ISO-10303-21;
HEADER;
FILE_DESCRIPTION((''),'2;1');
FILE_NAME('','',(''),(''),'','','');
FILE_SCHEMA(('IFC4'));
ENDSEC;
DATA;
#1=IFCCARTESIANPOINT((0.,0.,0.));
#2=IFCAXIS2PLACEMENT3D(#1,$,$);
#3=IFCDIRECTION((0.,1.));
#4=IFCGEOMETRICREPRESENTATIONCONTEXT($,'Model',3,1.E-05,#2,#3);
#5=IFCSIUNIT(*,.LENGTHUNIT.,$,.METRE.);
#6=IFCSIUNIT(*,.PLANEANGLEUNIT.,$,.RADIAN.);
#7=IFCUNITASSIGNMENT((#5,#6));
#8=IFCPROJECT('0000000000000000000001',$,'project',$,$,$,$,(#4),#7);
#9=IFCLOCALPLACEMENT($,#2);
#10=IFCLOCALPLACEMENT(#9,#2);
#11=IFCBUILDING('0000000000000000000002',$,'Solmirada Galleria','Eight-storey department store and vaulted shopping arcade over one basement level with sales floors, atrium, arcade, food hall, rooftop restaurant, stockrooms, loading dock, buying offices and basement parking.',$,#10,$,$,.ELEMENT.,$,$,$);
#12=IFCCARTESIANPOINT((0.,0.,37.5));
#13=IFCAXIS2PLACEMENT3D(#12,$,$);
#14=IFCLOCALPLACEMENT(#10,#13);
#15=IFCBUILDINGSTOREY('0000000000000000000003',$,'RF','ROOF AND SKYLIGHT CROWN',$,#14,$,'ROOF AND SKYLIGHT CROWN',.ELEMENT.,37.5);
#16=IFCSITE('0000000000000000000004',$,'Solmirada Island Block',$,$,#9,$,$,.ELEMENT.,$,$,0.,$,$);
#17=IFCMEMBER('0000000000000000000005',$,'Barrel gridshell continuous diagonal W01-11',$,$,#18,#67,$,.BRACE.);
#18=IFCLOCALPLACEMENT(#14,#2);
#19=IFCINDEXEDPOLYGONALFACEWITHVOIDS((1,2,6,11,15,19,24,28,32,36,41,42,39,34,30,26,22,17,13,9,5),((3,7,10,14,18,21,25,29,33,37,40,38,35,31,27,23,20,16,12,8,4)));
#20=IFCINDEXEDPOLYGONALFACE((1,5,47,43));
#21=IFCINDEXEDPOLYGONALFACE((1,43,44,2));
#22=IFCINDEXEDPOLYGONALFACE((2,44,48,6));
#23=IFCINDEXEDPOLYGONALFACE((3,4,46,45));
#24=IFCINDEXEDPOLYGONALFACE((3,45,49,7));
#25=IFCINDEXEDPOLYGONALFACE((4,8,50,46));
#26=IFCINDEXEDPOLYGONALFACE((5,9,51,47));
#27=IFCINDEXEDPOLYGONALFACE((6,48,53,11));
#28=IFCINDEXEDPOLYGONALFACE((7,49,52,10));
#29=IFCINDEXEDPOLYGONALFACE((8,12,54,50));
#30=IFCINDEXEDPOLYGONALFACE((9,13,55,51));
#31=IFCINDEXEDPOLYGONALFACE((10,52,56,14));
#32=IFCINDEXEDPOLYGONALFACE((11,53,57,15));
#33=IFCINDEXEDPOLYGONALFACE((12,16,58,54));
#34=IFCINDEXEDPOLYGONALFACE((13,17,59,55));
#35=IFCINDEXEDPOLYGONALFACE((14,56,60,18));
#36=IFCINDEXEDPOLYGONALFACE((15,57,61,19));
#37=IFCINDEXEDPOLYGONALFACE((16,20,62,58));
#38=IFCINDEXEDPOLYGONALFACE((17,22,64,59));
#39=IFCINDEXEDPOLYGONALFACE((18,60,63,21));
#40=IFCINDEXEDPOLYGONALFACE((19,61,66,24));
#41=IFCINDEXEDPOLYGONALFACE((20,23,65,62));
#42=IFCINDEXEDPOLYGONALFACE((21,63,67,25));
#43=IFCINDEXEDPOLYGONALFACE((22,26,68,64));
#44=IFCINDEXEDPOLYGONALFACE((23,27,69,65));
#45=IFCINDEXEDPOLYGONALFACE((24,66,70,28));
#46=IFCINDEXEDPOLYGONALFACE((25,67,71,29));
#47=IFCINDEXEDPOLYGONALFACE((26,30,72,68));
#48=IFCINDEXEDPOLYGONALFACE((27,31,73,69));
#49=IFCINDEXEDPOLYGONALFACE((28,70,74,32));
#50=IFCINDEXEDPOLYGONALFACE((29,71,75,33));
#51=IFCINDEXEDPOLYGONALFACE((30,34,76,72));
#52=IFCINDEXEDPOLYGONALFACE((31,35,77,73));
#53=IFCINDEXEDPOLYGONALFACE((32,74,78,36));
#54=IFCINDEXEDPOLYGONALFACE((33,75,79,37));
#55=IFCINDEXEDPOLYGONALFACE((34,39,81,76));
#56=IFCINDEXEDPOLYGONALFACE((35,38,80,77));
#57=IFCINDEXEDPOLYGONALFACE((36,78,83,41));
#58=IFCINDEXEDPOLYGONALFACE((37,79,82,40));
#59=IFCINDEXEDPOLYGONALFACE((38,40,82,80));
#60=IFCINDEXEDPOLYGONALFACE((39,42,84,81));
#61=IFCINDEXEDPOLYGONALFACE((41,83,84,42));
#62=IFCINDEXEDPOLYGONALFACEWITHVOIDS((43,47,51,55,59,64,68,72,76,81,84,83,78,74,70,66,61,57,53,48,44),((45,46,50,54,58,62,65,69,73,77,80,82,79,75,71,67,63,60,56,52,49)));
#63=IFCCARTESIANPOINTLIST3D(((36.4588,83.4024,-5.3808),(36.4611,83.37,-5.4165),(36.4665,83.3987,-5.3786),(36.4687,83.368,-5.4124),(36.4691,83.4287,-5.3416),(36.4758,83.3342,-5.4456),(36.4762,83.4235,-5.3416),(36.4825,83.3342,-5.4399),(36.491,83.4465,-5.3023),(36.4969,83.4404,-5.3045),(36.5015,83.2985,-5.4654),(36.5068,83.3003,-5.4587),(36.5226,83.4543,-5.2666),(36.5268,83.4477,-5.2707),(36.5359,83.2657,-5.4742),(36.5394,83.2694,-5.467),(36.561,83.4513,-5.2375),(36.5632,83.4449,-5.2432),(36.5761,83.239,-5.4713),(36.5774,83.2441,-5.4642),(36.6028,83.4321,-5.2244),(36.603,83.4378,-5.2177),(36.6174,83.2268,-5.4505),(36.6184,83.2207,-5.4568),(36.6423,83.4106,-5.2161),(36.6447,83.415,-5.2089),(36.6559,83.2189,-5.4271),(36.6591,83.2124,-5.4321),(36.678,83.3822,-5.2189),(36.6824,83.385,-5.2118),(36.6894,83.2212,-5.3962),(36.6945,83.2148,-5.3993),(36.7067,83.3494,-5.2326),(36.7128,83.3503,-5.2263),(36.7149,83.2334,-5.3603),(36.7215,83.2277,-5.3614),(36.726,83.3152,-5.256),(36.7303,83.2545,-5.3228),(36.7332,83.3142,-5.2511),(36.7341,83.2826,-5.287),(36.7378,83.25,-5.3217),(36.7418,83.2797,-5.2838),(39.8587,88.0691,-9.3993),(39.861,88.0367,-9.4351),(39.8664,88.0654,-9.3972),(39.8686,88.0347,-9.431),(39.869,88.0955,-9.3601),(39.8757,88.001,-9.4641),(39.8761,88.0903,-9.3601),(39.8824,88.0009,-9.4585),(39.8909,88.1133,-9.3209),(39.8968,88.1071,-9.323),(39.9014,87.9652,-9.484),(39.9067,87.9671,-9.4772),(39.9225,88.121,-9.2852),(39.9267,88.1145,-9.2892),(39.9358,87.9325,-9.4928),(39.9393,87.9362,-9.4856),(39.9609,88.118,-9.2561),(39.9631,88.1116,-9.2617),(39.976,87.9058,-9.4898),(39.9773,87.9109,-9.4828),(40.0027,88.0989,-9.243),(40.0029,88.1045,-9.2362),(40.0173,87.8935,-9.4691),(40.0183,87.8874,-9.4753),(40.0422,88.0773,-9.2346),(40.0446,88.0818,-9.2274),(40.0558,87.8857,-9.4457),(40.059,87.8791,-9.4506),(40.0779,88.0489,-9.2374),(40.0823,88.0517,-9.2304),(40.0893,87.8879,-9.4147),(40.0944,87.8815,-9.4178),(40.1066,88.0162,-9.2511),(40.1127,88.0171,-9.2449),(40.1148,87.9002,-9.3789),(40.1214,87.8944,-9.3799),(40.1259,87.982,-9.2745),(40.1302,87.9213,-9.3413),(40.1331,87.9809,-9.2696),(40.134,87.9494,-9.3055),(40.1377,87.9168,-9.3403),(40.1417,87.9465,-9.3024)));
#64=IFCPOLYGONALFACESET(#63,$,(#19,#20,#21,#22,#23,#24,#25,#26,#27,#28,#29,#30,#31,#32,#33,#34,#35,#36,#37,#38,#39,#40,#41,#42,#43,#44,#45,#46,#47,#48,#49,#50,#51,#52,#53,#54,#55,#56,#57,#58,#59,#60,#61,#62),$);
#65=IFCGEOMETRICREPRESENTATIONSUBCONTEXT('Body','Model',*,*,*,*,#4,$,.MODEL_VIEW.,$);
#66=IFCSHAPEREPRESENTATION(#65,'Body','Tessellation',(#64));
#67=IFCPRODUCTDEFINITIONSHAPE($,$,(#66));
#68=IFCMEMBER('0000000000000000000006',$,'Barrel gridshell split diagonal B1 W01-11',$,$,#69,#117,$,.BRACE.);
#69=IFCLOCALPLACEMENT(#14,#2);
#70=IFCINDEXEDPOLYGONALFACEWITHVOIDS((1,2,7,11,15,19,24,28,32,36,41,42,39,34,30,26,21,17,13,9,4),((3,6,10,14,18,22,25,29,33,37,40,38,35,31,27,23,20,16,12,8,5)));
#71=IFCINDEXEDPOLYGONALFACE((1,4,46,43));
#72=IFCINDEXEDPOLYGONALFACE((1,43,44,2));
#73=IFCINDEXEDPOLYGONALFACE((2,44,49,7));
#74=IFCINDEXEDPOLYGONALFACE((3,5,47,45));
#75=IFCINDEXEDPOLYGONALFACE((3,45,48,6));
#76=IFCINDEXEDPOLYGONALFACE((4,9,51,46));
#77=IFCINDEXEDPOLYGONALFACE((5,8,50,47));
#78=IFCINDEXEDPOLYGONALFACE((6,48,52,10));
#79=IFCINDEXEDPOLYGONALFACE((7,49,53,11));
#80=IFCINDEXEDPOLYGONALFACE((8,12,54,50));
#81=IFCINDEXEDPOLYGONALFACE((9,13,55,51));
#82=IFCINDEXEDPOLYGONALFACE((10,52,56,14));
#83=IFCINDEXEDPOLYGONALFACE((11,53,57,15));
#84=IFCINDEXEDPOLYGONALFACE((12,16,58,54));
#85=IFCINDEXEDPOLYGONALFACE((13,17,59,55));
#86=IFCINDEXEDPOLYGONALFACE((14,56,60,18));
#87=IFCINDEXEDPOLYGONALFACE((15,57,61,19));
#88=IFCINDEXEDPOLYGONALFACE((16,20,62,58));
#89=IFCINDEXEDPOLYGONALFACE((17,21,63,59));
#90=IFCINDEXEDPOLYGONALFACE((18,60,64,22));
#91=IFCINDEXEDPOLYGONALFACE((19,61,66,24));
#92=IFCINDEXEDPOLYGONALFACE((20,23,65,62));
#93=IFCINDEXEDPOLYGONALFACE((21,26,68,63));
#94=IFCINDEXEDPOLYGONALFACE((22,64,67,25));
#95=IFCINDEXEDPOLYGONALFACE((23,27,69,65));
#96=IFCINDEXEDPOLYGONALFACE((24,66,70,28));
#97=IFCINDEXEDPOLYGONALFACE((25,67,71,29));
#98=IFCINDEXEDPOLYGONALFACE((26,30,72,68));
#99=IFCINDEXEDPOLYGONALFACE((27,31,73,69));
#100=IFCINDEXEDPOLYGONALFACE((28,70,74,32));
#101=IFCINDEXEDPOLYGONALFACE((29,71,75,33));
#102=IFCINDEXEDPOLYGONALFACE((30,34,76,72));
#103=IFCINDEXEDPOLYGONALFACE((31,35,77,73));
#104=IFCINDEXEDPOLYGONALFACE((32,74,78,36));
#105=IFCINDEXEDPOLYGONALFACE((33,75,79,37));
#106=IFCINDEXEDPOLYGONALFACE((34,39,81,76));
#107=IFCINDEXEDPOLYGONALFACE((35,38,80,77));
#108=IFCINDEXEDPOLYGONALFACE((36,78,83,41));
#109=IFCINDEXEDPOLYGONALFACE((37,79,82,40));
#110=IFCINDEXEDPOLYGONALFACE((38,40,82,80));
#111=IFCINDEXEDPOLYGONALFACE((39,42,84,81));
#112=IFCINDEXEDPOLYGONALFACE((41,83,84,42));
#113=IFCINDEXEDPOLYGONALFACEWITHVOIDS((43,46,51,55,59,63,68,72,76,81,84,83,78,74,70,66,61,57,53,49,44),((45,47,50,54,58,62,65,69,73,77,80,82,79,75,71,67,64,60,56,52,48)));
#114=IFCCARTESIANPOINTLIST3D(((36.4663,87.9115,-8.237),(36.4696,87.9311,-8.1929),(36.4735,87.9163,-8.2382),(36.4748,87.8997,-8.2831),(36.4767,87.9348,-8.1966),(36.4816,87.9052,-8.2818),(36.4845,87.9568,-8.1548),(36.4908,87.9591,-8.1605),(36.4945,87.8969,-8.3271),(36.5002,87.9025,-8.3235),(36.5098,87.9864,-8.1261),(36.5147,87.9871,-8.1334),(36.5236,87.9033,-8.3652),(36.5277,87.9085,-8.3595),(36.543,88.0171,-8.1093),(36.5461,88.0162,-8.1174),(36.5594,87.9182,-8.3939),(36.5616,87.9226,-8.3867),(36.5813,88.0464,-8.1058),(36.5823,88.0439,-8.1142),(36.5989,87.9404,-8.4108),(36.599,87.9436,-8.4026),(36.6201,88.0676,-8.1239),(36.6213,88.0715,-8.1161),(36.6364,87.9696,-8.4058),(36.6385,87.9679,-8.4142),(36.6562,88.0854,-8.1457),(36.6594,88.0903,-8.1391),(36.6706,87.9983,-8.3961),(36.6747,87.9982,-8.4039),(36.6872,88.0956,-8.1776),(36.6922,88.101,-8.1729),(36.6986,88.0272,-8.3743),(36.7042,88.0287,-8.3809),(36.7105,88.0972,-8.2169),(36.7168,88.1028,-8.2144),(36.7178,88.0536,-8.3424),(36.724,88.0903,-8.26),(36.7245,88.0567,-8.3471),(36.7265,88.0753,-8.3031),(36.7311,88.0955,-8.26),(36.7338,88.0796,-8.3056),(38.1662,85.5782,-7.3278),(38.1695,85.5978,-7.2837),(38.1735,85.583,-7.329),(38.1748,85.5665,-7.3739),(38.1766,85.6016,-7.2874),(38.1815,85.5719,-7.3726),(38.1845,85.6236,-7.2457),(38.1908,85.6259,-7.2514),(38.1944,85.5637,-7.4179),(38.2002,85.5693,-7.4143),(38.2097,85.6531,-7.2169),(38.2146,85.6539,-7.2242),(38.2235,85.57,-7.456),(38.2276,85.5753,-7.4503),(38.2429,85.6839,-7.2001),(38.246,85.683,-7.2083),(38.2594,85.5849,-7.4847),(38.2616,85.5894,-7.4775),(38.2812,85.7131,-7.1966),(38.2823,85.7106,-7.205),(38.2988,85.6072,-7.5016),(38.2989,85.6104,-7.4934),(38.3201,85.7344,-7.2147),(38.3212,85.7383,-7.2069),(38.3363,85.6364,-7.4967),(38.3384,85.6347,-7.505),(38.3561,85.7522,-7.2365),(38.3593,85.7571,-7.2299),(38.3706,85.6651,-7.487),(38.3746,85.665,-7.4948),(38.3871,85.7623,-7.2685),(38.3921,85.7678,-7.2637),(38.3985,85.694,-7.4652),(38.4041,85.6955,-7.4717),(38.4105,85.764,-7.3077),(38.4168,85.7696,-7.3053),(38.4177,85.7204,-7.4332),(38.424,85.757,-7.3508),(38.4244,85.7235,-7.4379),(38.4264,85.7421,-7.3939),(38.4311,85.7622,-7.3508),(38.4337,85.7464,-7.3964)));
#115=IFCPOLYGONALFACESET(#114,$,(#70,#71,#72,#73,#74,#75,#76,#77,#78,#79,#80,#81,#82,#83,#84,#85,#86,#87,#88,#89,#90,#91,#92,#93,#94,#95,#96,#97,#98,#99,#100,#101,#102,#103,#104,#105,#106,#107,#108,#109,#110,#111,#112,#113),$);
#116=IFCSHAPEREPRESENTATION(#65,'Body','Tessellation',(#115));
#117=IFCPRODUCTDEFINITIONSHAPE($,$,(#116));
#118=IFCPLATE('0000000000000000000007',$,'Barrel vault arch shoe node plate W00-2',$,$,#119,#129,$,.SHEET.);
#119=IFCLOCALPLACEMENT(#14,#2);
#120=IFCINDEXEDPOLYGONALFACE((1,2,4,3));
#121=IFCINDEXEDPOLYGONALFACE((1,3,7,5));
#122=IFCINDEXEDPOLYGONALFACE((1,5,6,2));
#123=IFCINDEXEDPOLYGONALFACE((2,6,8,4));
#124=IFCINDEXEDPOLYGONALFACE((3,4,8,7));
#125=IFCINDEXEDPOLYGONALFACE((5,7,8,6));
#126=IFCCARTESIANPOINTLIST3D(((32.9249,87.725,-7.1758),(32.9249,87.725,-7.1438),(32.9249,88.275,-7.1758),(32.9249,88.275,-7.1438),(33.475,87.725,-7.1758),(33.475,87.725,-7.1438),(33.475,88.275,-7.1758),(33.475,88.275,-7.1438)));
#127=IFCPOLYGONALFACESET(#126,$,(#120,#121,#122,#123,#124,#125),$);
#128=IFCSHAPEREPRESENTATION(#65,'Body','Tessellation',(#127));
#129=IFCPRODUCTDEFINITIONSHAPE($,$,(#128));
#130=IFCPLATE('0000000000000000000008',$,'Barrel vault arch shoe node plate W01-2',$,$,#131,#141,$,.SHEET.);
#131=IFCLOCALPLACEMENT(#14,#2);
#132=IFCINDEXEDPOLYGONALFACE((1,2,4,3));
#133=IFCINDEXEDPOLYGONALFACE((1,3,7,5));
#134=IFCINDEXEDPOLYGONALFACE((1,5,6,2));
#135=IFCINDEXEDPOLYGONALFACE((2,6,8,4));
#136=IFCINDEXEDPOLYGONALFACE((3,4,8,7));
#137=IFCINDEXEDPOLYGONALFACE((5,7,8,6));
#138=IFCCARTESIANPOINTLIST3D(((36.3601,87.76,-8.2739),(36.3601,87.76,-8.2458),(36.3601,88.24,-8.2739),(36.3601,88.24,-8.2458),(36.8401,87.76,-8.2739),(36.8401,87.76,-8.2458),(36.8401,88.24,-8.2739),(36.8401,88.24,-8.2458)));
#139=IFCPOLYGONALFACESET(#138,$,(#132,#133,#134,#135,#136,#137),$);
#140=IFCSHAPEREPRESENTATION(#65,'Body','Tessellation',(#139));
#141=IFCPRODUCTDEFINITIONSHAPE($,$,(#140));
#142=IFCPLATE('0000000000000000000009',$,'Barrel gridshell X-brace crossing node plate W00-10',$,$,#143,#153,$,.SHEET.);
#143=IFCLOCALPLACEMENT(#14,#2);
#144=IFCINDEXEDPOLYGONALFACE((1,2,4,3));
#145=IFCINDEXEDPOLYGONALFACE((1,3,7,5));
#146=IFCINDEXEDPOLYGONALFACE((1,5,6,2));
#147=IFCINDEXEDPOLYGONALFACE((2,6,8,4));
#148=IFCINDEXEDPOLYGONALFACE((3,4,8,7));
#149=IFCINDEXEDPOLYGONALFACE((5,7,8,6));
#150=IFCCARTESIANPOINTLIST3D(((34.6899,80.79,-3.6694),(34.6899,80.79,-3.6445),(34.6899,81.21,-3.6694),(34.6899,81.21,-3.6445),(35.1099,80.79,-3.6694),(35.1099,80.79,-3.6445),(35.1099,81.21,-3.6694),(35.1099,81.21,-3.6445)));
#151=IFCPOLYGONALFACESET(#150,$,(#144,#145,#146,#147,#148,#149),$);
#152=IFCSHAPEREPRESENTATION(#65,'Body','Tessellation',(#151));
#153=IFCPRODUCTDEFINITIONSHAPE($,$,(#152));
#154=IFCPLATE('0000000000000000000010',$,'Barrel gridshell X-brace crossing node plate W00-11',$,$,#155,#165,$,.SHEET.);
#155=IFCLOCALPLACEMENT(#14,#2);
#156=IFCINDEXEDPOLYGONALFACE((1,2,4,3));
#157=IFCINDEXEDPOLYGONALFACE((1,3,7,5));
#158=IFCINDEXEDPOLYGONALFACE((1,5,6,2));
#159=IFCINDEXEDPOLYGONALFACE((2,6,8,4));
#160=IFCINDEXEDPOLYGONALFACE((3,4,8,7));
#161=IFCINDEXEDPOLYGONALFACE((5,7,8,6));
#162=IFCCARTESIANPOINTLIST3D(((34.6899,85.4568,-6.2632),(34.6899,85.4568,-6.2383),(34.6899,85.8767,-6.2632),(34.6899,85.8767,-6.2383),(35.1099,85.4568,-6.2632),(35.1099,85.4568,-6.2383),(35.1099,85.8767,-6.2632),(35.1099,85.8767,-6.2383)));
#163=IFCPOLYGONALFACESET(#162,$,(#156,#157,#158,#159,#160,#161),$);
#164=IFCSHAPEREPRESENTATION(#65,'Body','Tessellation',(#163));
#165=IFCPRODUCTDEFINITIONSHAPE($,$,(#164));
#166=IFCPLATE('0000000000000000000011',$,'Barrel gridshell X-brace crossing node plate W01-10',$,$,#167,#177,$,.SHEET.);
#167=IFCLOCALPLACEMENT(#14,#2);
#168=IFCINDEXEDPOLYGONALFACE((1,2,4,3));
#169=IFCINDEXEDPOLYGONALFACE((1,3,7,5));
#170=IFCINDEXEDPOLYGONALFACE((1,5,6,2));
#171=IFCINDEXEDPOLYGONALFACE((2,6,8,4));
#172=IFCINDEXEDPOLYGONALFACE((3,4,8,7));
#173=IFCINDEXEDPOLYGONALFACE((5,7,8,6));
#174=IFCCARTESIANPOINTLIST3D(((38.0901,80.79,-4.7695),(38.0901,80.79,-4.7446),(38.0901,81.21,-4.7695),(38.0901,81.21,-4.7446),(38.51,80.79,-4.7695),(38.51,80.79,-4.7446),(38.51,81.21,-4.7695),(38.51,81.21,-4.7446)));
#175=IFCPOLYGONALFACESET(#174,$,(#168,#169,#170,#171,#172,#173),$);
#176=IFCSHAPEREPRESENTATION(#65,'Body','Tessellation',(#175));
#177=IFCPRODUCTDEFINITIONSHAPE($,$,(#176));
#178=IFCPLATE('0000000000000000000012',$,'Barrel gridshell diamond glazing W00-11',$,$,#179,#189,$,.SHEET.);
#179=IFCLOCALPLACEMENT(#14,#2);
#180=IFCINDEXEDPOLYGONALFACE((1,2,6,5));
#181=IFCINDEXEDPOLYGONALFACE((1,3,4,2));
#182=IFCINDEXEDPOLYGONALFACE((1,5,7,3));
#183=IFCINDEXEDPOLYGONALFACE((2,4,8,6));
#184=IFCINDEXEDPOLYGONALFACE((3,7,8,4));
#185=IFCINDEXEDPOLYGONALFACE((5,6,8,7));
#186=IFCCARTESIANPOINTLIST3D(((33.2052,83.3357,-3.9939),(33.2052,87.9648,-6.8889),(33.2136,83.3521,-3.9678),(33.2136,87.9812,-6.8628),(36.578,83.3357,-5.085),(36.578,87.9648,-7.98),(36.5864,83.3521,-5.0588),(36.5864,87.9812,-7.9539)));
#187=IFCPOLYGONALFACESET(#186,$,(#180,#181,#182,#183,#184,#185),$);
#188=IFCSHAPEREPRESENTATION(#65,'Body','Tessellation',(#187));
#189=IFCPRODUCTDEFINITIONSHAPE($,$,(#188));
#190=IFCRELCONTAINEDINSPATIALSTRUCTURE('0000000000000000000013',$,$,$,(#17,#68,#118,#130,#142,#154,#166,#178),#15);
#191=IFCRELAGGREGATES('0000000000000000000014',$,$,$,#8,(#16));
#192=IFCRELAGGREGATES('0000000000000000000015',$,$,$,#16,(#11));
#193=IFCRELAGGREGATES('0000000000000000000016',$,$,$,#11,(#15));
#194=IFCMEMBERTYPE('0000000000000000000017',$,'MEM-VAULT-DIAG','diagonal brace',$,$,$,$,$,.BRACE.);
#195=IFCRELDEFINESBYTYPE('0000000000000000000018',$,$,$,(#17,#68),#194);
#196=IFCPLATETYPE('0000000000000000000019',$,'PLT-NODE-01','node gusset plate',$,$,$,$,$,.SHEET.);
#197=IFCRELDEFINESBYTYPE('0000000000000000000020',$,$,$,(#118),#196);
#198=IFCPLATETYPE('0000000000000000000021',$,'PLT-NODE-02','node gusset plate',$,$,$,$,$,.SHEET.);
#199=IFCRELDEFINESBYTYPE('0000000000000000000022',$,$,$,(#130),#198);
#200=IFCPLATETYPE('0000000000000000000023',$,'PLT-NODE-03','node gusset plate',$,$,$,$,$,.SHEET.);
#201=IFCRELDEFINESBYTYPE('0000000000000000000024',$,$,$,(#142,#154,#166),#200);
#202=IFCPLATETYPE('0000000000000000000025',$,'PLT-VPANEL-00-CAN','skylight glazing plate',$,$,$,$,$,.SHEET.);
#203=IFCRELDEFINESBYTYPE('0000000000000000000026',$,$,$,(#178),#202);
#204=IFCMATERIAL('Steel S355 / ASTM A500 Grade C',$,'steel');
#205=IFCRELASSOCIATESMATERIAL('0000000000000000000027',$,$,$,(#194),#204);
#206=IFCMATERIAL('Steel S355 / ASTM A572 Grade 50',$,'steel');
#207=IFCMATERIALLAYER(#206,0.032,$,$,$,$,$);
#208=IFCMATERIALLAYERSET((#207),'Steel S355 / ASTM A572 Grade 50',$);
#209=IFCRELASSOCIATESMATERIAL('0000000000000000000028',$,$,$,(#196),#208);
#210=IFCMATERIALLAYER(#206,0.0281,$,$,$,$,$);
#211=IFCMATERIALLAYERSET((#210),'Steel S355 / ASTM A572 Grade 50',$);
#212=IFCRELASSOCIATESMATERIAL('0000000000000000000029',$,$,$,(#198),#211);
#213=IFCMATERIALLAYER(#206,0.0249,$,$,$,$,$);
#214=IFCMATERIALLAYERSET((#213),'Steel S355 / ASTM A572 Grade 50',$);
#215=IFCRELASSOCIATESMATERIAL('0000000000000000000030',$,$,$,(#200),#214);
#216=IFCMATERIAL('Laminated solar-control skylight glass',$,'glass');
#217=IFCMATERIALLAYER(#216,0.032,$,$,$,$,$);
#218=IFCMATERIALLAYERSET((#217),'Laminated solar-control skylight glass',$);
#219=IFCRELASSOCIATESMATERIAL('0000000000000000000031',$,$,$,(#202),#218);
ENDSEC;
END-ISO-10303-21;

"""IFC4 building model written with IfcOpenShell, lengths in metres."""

from ifc_helpers import new_model, si_unit, direction, frame, origin, origin_2d, place, context, subcontext, project, spatial, polyline, rectangle, hollow_circle, outline, extrude, material, layer, layer_set, material_profile, profile_set, type_object, element, save


model = new_model("IFC4")

# Units and contexts
model_context = context("Model", 3, precision=1e-05, world=origin(), true_north=direction((0.0, 1.0)))
body_context = subcontext(model_context, "Body", "Model", "MODEL_VIEW")
ifc_project = project(units=[si_unit("LENGTHUNIT", "METRE"), si_unit("PLANEANGLEUNIT", "RADIAN")], contexts=[model_context])

# Site, building, storey
site_placement = place(None, origin())
site = spatial("IfcSite", under=ifc_project, at=site_placement, Name="Solmirada Island Block", CompositionType="ELEMENT", RefElevation=0.0)
building_placement = place(site_placement, origin())
building = spatial("IfcBuilding", under=site, at=building_placement, Name="Solmirada Galleria", Description="Eight-storey department store and vaulted shopping arcade over one basement level with sales floors, atrium, arcade, food hall, rooftop restaurant, stockrooms, loading dock, buying offices and basement parking.", CompositionType="ELEMENT")
storey_placement = place(building_placement, frame((0.0, 0.0, 37.5)))
storey = spatial("IfcBuildingStorey", under=building, at=storey_placement, Name="RF", Description="ROOF AND SKYLIGHT CROWN", LongName="ROOF AND SKYLIGHT CROWN", CompositionType="ELEMENT", Elevation=37.5)

# Members
ifc_material_1 = material(Name="Steel S355 / ASTM A500 Grade C", Category="steel")
ifc_material_profile_1 = material_profile(ifc_material_1, hollow_circle(Radius=0.1621, WallThickness=0.0088, at=origin_2d()), Name="HSS12.750X0.375")
ifc_profile_set_1 = profile_set([ifc_material_profile_1], Name="Steel S355 / ASTM A500 Grade C")
member_type_1 = type_object("IfcMemberType", Name="MEM-VAULT-DIAG", Description="diagonal brace", PredefinedType="BRACE", material=ifc_profile_set_1)
member_1_placement = place(storey_placement, frame((36.6001, 83.3333, -5.3416), z_axis=(0.483306, 0.663392, -0.57125), x_axis=(-0.808249, 0.58884, 0.0)))
element("IfcMember", 1, at=member_1_placement, inside=storey, type_object=member_type_1, Name="Barrel gridshell continuous diagonal W01-11", PredefinedType="BRACE", context=body_context, shape_type="SweptSolid", body=[
    extrude(hollow_circle(Radius=0.1621, WallThickness=0.0088, at=origin_2d()), origin(), (0.0, 0.0, 1.0), 7.0347),
])
member_2_placement = place(storey_placement, frame((36.6001, 88.0, -8.26), z_axis=(0.561664, -0.770907, 0.300393), x_axis=(0.808235, 0.58886, 0.0)))
element("IfcMember", 2, at=member_2_placement, inside=storey, type_object=member_type_1, Name="Barrel gridshell split diagonal B1 W01-11", PredefinedType="BRACE", context=body_context, shape_type="SweptSolid", body=[
    extrude(hollow_circle(Radius=0.1621, WallThickness=0.0088, at=origin_2d()), origin(), (0.0, 0.0, 1.0), 3.0266),
])

# Plates
ifc_material_2 = material(Name="Steel S355 / ASTM A572 Grade 50", Category="steel")
ifc_layer_1 = layer(ifc_material_2, 0.032)
ifc_layer_set_1 = layer_set([ifc_layer_1], Name="Steel S355 / ASTM A572 Grade 50")
plate_type_1 = type_object("IfcPlateType", Name="PLT-NODE-01", Description="node gusset plate", PredefinedType="SHEET", material=ifc_layer_set_1)
plate_1_placement = place(storey_placement, frame((33.2, 88.0, -7.1758), z_axis=(0.0, 0.0, 1.0), x_axis=(1.0, 0.0, 0.0)))
element("IfcPlate", 3, at=plate_1_placement, inside=storey, type_object=plate_type_1, Name="Barrel vault arch shoe node plate W00-2", PredefinedType="SHEET", context=body_context, shape_type="SweptSolid", body=[
    extrude(rectangle(XDim=0.55, YDim=0.55, at=origin_2d()), origin(), (0.0, 0.0, 1.0), 0.032),
])
ifc_layer_2 = layer(ifc_material_2, 0.0281)
ifc_layer_set_2 = layer_set([ifc_layer_2], Name="Steel S355 / ASTM A572 Grade 50")
plate_type_2 = type_object("IfcPlateType", Name="PLT-NODE-02", Description="node gusset plate", PredefinedType="SHEET", material=ifc_layer_set_2)
plate_2_placement = place(storey_placement, frame((36.6001, 88.0, -8.2739), z_axis=(0.0, 0.0, 1.0), x_axis=(1.0, 0.0, 0.0)))
element("IfcPlate", 4, at=plate_2_placement, inside=storey, type_object=plate_type_2, Name="Barrel vault arch shoe node plate W01-2", PredefinedType="SHEET", context=body_context, shape_type="SweptSolid", body=[
    extrude(rectangle(XDim=0.48, YDim=0.48, at=origin_2d()), origin(), (0.0, 0.0, 1.0), 0.0281),
])
ifc_layer_3 = layer(ifc_material_2, 0.0249)
ifc_layer_set_3 = layer_set([ifc_layer_3], Name="Steel S355 / ASTM A572 Grade 50")
plate_type_3 = type_object("IfcPlateType", Name="PLT-NODE-03", Description="node gusset plate", PredefinedType="SHEET", material=ifc_layer_set_3)
for number, where, z_axis, x_axis, name in (
    (5, (34.8999, 81.0, -3.6694), (0.0, 0.0, 1.0), (1.0, 0.0, 0.0), "Barrel gridshell X-brace crossing node plate W00-10"),
    (6, (34.8999, 85.6667, -6.2632), (0.0, 0.0, 1.0), (1.0, 0.0, 0.0), "Barrel gridshell X-brace crossing node plate W00-11"),
    (7, (38.3, 81.0, -4.7695), (0.0, 0.0, 1.0), (1.0, 0.0, 0.0), "Barrel gridshell X-brace crossing node plate W01-10"),
):
    element("IfcPlate", number, at=place(storey_placement, frame(where, z_axis=z_axis, x_axis=x_axis)), inside=storey, type_object=plate_type_3, Name=name, PredefinedType="SHEET", context=body_context, shape_type="SweptSolid", body=[
        extrude(rectangle(XDim=0.4199, YDim=0.4199, at=origin_2d()), origin(), (0.0, 0.0, 1.0), 0.0249),
    ])
ifc_material_3 = material(Name="Laminated solar-control skylight glass", Category="glass")
ifc_layer_4 = layer(ifc_material_3, 0.032)
ifc_layer_set_4 = layer_set([ifc_layer_4], Name="Laminated solar-control skylight glass")
plate_type_4 = type_object("IfcPlateType", Name="PLT-VPANEL-00-CAN", Description="skylight glazing plate", PredefinedType="SHEET", material=ifc_layer_set_4)
plate_3_placement = place(storey_placement, frame((33.2136, 83.3521, -3.9678), z_axis=(0.264502, 0.511352, 0.817654), x_axis=(0.951456, 0.0, -0.307785)))
element("IfcPlate", 8, at=plate_3_placement, inside=storey, type_object=plate_type_4, Name="Barrel gridshell diamond glazing W00-11", PredefinedType="SHEET", context=body_context, shape_type="SweptSolid", body=[
    extrude(outline(polyline([(0.0, 0.0), (3.5449, 0.0), (4.4359, 5.3867), (0.891, 5.3867), (0.0, 0.0)])), origin(), (0.0, 0.0, -1.0), 0.032),
])

save(model, "model.ifc")
